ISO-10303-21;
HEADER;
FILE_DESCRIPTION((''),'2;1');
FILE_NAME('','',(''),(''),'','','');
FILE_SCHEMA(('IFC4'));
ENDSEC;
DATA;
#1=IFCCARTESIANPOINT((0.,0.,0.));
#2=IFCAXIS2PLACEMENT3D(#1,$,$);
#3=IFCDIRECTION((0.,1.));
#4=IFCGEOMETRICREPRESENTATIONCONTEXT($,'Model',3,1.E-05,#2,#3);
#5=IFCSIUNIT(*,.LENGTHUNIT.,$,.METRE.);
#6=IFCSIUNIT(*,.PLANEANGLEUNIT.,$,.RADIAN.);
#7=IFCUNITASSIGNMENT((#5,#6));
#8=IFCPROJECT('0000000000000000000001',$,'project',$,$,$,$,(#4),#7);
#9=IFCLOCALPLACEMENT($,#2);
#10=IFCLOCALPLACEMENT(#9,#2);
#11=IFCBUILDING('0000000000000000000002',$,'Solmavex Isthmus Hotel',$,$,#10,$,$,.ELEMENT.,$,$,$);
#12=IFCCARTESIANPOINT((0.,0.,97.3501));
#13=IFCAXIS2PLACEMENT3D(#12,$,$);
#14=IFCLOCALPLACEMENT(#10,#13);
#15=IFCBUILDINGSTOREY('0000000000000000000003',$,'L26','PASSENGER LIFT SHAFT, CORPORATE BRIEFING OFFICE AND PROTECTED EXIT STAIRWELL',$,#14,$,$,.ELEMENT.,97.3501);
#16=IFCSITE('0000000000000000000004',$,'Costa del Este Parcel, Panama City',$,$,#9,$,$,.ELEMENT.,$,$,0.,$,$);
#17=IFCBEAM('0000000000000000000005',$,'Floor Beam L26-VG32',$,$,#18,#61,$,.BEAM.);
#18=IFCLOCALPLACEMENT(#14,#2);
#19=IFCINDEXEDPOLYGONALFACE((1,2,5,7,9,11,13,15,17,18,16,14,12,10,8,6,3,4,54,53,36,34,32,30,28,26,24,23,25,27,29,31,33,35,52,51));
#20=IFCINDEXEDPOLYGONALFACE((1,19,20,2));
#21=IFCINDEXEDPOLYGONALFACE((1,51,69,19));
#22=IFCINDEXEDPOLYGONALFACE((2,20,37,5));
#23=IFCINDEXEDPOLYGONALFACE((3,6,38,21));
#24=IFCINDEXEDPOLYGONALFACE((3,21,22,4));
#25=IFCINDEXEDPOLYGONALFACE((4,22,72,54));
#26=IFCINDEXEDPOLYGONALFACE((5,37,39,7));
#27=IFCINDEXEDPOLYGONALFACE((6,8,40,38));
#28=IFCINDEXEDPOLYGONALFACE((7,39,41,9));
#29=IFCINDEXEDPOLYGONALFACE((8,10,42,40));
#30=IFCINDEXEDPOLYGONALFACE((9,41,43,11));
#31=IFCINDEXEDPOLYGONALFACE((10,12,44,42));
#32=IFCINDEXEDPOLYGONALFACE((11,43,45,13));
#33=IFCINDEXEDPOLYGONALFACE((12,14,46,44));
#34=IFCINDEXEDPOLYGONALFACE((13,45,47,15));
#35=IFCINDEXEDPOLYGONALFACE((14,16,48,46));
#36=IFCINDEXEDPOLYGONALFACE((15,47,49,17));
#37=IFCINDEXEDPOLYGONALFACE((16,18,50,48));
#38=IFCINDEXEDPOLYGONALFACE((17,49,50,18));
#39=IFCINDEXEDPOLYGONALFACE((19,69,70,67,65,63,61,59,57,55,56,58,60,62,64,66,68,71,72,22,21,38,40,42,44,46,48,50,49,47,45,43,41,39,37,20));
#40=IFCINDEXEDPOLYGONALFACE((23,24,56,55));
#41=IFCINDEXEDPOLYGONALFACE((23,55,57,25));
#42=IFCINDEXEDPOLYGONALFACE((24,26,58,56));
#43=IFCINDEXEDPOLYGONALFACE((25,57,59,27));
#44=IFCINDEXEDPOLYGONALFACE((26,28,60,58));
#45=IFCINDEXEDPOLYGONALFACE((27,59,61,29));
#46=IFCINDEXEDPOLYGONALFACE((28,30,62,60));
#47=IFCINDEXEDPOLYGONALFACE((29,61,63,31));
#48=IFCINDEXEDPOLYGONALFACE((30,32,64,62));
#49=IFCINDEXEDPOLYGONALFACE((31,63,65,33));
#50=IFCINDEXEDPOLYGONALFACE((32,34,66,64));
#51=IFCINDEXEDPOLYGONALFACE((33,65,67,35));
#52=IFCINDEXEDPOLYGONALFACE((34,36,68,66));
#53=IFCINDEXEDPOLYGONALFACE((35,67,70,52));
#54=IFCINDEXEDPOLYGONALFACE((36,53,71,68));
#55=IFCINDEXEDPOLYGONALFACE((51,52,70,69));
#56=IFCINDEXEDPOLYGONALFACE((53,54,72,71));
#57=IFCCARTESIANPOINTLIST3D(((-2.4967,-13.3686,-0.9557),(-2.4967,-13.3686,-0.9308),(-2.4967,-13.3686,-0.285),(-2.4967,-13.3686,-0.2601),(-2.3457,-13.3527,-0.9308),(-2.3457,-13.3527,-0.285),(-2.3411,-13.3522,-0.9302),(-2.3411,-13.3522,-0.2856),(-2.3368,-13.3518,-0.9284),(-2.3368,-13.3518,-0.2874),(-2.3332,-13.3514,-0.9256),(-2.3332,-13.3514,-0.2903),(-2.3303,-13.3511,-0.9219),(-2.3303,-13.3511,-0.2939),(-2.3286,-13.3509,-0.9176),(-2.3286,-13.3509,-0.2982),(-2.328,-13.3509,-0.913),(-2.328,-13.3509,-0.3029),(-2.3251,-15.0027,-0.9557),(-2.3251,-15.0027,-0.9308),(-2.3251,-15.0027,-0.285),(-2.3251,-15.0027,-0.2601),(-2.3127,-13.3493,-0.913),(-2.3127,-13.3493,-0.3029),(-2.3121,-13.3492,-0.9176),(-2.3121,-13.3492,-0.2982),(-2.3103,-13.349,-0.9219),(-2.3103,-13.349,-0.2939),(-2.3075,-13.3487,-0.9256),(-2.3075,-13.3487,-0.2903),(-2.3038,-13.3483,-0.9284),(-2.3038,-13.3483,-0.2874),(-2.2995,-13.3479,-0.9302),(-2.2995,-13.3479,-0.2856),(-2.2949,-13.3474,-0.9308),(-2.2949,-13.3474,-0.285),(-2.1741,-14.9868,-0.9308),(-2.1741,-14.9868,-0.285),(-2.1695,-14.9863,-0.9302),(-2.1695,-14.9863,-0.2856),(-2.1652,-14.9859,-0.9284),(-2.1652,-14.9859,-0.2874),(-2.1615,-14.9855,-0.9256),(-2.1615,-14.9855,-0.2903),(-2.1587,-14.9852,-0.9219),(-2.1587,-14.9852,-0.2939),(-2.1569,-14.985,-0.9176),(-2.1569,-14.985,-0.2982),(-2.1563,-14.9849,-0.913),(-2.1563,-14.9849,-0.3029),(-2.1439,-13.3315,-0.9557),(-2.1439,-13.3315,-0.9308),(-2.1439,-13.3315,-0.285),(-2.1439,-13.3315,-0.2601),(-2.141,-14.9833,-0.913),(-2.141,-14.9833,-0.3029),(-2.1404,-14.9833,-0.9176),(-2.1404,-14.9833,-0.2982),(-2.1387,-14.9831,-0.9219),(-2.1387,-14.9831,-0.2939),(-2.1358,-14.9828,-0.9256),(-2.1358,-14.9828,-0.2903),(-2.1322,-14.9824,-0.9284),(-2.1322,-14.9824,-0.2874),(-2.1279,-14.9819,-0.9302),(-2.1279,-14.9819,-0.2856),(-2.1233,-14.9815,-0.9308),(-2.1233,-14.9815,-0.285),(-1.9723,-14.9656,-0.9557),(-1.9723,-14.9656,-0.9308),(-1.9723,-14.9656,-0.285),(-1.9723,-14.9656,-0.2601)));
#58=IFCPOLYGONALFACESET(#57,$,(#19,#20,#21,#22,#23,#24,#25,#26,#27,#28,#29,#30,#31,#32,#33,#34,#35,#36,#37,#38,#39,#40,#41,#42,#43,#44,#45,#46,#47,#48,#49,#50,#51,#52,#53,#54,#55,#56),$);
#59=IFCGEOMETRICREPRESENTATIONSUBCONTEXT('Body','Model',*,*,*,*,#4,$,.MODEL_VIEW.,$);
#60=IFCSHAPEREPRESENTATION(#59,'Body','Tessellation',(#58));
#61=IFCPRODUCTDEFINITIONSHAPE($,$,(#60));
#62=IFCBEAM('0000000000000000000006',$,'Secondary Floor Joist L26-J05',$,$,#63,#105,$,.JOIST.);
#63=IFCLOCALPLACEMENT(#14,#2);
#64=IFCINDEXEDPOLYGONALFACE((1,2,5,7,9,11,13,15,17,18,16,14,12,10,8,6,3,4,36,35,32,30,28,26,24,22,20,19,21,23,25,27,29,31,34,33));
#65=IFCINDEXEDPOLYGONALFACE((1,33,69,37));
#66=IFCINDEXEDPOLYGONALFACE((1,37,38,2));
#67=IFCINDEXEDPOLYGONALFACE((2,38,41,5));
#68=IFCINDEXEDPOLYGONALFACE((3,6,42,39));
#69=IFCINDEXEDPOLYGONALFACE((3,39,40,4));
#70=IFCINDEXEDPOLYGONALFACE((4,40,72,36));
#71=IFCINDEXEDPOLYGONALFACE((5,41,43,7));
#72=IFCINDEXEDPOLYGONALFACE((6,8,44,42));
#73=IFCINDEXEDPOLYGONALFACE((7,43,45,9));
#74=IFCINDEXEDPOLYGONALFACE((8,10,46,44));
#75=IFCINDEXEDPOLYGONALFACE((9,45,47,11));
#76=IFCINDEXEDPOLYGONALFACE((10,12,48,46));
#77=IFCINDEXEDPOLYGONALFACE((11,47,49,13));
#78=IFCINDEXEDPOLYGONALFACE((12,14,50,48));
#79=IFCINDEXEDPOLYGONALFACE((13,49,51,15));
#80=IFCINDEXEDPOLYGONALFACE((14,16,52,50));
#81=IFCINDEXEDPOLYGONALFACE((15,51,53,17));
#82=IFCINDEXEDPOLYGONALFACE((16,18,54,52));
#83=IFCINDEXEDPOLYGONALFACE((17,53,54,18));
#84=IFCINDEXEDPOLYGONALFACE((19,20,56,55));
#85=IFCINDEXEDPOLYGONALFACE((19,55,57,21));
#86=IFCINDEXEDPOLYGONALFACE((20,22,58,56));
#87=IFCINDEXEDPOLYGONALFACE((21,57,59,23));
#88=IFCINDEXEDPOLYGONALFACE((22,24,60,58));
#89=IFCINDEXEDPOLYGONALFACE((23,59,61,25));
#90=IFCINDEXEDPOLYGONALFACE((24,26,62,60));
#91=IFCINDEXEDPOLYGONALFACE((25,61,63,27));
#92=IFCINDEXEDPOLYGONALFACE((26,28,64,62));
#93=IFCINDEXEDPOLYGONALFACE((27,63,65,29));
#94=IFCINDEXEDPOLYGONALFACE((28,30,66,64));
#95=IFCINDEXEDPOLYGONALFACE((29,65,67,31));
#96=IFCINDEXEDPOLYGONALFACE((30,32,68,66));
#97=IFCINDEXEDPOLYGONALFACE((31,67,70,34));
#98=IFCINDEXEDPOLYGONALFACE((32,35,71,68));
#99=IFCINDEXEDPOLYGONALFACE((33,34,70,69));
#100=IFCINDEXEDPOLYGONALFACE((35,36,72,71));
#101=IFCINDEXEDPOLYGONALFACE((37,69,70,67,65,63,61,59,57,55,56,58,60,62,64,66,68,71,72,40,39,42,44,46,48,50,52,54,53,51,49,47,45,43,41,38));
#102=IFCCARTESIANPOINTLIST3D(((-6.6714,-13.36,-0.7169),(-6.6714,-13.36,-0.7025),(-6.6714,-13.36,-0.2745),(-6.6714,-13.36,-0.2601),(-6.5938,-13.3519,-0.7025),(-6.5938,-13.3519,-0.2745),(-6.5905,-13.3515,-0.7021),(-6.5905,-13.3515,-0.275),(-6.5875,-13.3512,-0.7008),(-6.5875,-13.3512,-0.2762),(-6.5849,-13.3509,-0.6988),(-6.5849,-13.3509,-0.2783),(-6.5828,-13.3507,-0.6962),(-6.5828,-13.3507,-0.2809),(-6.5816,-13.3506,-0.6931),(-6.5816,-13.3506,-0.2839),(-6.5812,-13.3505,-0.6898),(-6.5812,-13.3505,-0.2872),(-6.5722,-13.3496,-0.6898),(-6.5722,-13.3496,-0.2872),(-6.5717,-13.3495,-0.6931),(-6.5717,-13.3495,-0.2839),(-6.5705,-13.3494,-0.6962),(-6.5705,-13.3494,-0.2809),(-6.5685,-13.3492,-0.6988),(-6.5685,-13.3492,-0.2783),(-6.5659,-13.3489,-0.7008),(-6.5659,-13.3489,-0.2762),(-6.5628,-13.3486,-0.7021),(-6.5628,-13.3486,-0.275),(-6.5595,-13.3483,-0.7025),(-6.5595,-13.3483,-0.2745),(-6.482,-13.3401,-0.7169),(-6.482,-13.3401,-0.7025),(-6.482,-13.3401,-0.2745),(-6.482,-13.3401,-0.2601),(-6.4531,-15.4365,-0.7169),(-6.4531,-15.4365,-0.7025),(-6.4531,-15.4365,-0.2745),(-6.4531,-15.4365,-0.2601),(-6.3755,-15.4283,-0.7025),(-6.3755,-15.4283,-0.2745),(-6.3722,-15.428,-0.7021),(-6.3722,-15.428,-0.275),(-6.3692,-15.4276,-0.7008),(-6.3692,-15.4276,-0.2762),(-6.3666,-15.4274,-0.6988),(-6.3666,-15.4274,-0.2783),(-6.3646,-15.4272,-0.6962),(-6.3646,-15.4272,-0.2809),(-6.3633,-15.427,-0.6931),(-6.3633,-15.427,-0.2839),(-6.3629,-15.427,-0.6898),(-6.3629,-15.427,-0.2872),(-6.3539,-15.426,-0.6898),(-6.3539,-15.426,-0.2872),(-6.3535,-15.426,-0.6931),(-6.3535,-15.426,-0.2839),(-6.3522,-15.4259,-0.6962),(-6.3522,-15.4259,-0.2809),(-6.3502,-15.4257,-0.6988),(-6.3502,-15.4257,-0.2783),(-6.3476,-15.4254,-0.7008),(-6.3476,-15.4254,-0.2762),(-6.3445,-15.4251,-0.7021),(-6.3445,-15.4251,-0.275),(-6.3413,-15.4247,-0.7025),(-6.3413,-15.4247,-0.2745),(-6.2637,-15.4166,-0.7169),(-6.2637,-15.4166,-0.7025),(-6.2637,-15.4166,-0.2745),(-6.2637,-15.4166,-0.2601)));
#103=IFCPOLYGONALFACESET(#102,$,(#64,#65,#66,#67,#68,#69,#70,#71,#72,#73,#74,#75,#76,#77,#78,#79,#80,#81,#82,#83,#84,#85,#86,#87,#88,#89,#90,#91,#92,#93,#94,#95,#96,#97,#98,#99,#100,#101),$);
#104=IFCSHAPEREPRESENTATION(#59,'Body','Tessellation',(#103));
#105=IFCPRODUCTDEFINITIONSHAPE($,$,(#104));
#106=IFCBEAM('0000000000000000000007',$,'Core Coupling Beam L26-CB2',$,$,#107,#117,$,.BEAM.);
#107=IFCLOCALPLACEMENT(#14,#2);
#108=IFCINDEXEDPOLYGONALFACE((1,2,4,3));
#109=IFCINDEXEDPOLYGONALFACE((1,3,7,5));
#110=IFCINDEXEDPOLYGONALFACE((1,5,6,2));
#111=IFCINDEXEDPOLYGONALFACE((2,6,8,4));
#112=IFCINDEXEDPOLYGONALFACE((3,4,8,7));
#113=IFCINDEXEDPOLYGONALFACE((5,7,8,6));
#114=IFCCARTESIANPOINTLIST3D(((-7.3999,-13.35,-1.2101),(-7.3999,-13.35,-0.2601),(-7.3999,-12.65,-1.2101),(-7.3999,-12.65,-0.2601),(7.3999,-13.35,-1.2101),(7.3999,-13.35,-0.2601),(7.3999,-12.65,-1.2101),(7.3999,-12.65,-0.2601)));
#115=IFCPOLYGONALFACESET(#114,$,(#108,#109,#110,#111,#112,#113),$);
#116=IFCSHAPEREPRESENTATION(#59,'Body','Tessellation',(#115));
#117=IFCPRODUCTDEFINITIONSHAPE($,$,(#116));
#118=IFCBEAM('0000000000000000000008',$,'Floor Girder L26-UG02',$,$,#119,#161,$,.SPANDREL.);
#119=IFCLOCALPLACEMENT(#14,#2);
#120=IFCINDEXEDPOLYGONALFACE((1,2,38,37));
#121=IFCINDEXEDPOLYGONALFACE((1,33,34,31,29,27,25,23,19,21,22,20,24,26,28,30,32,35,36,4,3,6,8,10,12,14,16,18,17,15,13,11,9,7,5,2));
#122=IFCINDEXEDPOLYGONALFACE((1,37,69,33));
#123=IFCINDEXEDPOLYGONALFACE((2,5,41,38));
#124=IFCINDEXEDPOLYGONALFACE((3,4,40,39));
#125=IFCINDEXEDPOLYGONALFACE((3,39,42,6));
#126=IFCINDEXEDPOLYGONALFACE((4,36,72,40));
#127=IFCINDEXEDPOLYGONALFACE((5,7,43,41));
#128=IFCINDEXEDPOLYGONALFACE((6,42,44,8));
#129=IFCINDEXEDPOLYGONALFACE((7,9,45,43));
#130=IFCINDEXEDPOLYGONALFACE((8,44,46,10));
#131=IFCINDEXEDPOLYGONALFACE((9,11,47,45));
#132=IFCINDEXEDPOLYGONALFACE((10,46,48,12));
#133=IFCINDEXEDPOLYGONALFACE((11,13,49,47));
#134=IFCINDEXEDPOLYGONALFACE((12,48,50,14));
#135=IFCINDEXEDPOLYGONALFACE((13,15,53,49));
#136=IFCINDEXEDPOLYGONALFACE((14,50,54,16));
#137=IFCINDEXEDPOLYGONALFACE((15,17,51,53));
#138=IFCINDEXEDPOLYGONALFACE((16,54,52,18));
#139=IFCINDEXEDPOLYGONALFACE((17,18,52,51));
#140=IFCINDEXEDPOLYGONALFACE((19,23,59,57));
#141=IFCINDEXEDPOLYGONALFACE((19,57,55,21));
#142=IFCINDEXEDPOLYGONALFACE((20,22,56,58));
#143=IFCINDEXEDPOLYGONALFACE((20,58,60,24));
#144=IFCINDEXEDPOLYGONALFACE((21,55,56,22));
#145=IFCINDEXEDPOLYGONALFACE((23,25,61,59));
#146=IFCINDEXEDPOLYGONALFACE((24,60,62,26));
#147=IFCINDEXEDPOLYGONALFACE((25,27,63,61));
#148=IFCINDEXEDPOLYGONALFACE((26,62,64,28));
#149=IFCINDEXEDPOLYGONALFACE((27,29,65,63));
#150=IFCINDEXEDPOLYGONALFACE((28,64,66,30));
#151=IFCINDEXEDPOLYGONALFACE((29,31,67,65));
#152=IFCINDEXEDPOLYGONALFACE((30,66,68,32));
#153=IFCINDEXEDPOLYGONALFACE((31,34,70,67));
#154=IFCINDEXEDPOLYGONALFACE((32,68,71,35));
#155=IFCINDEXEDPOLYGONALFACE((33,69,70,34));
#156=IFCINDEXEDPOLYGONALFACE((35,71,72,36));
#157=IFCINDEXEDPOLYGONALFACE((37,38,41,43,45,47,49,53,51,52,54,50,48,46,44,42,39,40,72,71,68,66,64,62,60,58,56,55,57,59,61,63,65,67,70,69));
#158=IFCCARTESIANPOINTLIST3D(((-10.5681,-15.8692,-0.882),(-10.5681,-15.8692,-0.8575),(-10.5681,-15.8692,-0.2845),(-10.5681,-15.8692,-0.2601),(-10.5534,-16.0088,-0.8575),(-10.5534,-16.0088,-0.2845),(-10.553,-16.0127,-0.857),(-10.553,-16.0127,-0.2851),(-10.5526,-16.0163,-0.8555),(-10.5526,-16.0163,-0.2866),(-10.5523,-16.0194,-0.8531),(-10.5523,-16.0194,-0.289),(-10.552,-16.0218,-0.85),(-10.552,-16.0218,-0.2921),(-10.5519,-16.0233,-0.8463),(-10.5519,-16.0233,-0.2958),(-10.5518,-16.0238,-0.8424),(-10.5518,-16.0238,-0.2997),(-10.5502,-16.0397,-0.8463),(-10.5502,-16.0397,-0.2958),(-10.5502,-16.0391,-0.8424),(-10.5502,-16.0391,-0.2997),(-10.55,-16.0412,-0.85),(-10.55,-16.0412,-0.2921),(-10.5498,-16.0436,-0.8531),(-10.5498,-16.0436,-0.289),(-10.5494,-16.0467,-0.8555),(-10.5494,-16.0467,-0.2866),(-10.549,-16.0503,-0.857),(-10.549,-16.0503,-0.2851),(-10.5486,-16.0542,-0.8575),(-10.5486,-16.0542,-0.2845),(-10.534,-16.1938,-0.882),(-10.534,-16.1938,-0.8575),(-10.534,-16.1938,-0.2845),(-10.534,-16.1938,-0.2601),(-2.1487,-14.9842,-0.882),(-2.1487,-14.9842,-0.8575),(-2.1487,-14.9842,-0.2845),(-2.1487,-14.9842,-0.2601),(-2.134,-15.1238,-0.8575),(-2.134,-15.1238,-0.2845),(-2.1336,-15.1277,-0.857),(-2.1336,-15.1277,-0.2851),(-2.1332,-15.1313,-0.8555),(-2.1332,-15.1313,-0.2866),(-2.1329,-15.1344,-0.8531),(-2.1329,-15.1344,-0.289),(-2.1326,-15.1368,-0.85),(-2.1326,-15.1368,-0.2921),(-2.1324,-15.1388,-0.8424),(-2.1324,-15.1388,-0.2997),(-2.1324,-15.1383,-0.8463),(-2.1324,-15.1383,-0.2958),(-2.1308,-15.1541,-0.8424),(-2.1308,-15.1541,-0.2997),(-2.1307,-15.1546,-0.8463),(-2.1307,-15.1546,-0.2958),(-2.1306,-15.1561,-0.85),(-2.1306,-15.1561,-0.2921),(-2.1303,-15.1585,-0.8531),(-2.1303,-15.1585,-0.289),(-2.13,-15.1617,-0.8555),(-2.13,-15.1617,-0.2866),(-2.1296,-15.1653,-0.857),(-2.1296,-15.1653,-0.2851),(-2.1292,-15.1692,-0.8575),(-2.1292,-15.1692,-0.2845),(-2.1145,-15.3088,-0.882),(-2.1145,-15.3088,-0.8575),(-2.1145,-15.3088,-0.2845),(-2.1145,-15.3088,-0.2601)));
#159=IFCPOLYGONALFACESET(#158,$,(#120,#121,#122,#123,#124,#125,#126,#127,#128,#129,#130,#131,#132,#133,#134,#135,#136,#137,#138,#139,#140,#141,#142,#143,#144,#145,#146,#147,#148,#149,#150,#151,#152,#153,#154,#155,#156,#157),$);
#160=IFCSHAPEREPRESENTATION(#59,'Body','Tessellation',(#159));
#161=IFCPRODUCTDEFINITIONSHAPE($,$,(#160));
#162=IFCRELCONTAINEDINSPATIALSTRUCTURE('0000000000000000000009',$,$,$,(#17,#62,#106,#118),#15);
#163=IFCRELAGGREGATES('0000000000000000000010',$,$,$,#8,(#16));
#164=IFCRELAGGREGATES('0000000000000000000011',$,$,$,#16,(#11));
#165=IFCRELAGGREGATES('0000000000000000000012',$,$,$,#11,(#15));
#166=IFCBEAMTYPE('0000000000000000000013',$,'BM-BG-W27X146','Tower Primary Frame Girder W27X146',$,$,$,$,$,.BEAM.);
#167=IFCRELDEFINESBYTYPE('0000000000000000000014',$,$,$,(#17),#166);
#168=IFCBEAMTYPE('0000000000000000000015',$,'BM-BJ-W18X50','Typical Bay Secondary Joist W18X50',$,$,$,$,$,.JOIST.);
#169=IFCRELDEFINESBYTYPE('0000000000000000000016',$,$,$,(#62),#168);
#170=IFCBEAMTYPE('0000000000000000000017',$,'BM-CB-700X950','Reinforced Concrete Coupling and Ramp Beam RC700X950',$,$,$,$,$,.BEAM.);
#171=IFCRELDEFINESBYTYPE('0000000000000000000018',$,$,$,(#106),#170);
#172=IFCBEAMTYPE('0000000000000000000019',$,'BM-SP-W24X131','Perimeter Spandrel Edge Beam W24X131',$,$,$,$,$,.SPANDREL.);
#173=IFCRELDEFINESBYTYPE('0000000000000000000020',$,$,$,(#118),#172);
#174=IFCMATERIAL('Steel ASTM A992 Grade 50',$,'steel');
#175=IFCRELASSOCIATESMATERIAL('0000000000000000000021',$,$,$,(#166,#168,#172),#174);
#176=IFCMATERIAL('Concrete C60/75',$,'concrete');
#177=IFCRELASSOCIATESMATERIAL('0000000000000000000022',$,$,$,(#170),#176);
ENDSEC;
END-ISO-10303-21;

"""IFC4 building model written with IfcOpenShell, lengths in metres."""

from ifc_helpers import new_model, si_unit, direction, frame, origin, origin_2d, place, context, subcontext, project, spatial, rectangle, i_section, extrude, material, material_profile, profile_set, type_object, element, save


model = new_model("IFC4")

# Units and contexts
model_context = context("Model", 3, precision=1e-05, world=origin(), true_north=direction((0.0, 1.0)))
body_context = subcontext(model_context, "Body", "Model", "MODEL_VIEW")
ifc_project = project(units=[si_unit("LENGTHUNIT", "METRE"), si_unit("PLANEANGLEUNIT", "RADIAN")], contexts=[model_context])

# Site, building, storey
site_placement = place(None, origin())
site = spatial("IfcSite", under=ifc_project, at=site_placement, Name="Costa del Este Parcel, Panama City", CompositionType="ELEMENT", RefElevation=0.0)
building_placement = place(site_placement, origin())
building = spatial("IfcBuilding", under=site, at=building_placement, Name="Solmavex Isthmus Hotel", CompositionType="ELEMENT")
storey_placement = place(building_placement, frame((0.0, 0.0, 97.3501)))
storey = spatial("IfcBuildingStorey", under=building, at=storey_placement, Name="L26", Description="PASSENGER LIFT SHAFT, CORPORATE BRIEFING OFFICE AND PROTECTED EXIT STAIRWELL", CompositionType="ELEMENT", Elevation=97.3501)

# Shared definitions
ifc_material_1 = material(Name="Concrete C60/75", Category="concrete")

# Beams
ifc_material_2 = material(Name="Steel ASTM A992 Grade 50", Category="steel")
ifc_material_profile_1 = material_profile(ifc_material_2, i_section(OverallWidth=0.3547, OverallDepth=0.6956, WebThickness=0.0154, FlangeThickness=0.0249, FilletRadius=0.0178, at=origin_2d()), Name="W27X146")
ifc_profile_set_1 = profile_set([ifc_material_profile_1], Name="Steel ASTM A992 Grade 50")
beam_type_1 = type_object("IfcBeamType", Name="BM-BG-W27X146", Description="Tower Primary Frame Girder W27X146", PredefinedType="BEAM", material=ifc_profile_set_1)
beam_1_placement = place(storey_placement, frame((-2.1487, -14.9841, -0.6079), z_axis=(-0.10446, 0.994529, 0.0), x_axis=(-0.994529, -0.10446, 0.0)))
element("IfcBeam", 1, at=beam_1_placement, inside=storey, type_object=beam_type_1, Name="Floor Beam L26-VG32", PredefinedType="BEAM", context=body_context, shape_type="SweptSolid", body=[
    extrude(i_section(OverallWidth=0.3547, OverallDepth=0.6956, WebThickness=0.0154, FlangeThickness=0.0249, FilletRadius=0.0178, at=origin_2d()), origin(), (0.0, 0.0, 1.0), 1.6431),
])
ifc_material_profile_2 = material_profile(ifc_material_2, i_section(OverallWidth=0.1904, OverallDepth=0.4568, WebThickness=0.009, FlangeThickness=0.0144, FilletRadius=0.0127, at=origin_2d()), Name="W18X50")
ifc_profile_set_2 = profile_set([ifc_material_profile_2], Name="Steel ASTM A992 Grade 50")
beam_type_2 = type_object("IfcBeamType", Name="BM-BJ-W18X50", Description="Typical Bay Secondary Joist W18X50", PredefinedType="JOIST", material=ifc_profile_set_2)
beam_2_placement = place(storey_placement, frame((-6.3584, -15.4265, -0.4885), z_axis=(-0.104539, 0.994521, 0.0), x_axis=(-0.994521, -0.104539, 0.0)))
element("IfcBeam", 2, at=beam_2_placement, inside=storey, type_object=beam_type_2, Name="Secondary Floor Joist L26-J05", PredefinedType="JOIST", context=body_context, shape_type="SweptSolid", body=[
    extrude(i_section(OverallWidth=0.1904, OverallDepth=0.4568, WebThickness=0.009, FlangeThickness=0.0144, FilletRadius=0.0127, at=origin_2d()), origin(), (0.0, 0.0, 1.0), 2.0879),
])
ifc_material_profile_3 = material_profile(ifc_material_1, rectangle(XDim=0.7, YDim=0.95, at=origin_2d()), Name="RC700X950")
ifc_profile_set_3 = profile_set([ifc_material_profile_3], Name="Concrete C60/75")
beam_type_3 = type_object("IfcBeamType", Name="BM-CB-700X950", Description="Reinforced Concrete Coupling and Ramp Beam RC700X950", PredefinedType="BEAM", material=ifc_profile_set_3)
beam_3_placement = place(storey_placement, frame((-7.3999, -13.0, -0.7351), z_axis=(1.0, 0.0, 0.0), x_axis=(0.0, 1.0, 0.0)))
element("IfcBeam", 3, at=beam_3_placement, inside=storey, type_object=beam_type_3, Name="Core Coupling Beam L26-CB2", PredefinedType="BEAM", context=body_context, shape_type="SweptSolid", body=[
    extrude(rectangle(XDim=0.7, YDim=0.95, at=origin_2d()), origin(), (0.0, 0.0, 1.0), 14.7998),
])
ifc_material_profile_4 = material_profile(ifc_material_2, i_section(OverallWidth=0.3264, OverallDepth=0.6218, WebThickness=0.0154, FlangeThickness=0.0244, FilletRadius=0.0151, at=origin_2d()), Name="W24X131")
ifc_profile_set_4 = profile_set([ifc_material_profile_4], Name="Steel ASTM A992 Grade 50")
beam_type_4 = type_object("IfcBeamType", Name="BM-SP-W24X131", Description="Perimeter Spandrel Edge Beam W24X131", PredefinedType="SPANDREL", material=ifc_profile_set_4)
beam_4_placement = place(storey_placement, frame((-10.551, -16.0315, -0.571), z_axis=(0.994521, 0.104539, 0.0), x_axis=(-0.104539, 0.994521, 0.0)))
element("IfcBeam", 4, at=beam_4_placement, inside=storey, type_object=beam_type_4, Name="Floor Girder L26-UG02", PredefinedType="SPANDREL", context=body_context, shape_type="SweptSolid", body=[
    extrude(i_section(OverallWidth=0.3264, OverallDepth=0.6218, WebThickness=0.0154, FlangeThickness=0.0244, FilletRadius=0.0151, at=origin_2d()), origin(), (0.0, 0.0, 1.0), 8.4658),
])

save(model, "model.ifc")
